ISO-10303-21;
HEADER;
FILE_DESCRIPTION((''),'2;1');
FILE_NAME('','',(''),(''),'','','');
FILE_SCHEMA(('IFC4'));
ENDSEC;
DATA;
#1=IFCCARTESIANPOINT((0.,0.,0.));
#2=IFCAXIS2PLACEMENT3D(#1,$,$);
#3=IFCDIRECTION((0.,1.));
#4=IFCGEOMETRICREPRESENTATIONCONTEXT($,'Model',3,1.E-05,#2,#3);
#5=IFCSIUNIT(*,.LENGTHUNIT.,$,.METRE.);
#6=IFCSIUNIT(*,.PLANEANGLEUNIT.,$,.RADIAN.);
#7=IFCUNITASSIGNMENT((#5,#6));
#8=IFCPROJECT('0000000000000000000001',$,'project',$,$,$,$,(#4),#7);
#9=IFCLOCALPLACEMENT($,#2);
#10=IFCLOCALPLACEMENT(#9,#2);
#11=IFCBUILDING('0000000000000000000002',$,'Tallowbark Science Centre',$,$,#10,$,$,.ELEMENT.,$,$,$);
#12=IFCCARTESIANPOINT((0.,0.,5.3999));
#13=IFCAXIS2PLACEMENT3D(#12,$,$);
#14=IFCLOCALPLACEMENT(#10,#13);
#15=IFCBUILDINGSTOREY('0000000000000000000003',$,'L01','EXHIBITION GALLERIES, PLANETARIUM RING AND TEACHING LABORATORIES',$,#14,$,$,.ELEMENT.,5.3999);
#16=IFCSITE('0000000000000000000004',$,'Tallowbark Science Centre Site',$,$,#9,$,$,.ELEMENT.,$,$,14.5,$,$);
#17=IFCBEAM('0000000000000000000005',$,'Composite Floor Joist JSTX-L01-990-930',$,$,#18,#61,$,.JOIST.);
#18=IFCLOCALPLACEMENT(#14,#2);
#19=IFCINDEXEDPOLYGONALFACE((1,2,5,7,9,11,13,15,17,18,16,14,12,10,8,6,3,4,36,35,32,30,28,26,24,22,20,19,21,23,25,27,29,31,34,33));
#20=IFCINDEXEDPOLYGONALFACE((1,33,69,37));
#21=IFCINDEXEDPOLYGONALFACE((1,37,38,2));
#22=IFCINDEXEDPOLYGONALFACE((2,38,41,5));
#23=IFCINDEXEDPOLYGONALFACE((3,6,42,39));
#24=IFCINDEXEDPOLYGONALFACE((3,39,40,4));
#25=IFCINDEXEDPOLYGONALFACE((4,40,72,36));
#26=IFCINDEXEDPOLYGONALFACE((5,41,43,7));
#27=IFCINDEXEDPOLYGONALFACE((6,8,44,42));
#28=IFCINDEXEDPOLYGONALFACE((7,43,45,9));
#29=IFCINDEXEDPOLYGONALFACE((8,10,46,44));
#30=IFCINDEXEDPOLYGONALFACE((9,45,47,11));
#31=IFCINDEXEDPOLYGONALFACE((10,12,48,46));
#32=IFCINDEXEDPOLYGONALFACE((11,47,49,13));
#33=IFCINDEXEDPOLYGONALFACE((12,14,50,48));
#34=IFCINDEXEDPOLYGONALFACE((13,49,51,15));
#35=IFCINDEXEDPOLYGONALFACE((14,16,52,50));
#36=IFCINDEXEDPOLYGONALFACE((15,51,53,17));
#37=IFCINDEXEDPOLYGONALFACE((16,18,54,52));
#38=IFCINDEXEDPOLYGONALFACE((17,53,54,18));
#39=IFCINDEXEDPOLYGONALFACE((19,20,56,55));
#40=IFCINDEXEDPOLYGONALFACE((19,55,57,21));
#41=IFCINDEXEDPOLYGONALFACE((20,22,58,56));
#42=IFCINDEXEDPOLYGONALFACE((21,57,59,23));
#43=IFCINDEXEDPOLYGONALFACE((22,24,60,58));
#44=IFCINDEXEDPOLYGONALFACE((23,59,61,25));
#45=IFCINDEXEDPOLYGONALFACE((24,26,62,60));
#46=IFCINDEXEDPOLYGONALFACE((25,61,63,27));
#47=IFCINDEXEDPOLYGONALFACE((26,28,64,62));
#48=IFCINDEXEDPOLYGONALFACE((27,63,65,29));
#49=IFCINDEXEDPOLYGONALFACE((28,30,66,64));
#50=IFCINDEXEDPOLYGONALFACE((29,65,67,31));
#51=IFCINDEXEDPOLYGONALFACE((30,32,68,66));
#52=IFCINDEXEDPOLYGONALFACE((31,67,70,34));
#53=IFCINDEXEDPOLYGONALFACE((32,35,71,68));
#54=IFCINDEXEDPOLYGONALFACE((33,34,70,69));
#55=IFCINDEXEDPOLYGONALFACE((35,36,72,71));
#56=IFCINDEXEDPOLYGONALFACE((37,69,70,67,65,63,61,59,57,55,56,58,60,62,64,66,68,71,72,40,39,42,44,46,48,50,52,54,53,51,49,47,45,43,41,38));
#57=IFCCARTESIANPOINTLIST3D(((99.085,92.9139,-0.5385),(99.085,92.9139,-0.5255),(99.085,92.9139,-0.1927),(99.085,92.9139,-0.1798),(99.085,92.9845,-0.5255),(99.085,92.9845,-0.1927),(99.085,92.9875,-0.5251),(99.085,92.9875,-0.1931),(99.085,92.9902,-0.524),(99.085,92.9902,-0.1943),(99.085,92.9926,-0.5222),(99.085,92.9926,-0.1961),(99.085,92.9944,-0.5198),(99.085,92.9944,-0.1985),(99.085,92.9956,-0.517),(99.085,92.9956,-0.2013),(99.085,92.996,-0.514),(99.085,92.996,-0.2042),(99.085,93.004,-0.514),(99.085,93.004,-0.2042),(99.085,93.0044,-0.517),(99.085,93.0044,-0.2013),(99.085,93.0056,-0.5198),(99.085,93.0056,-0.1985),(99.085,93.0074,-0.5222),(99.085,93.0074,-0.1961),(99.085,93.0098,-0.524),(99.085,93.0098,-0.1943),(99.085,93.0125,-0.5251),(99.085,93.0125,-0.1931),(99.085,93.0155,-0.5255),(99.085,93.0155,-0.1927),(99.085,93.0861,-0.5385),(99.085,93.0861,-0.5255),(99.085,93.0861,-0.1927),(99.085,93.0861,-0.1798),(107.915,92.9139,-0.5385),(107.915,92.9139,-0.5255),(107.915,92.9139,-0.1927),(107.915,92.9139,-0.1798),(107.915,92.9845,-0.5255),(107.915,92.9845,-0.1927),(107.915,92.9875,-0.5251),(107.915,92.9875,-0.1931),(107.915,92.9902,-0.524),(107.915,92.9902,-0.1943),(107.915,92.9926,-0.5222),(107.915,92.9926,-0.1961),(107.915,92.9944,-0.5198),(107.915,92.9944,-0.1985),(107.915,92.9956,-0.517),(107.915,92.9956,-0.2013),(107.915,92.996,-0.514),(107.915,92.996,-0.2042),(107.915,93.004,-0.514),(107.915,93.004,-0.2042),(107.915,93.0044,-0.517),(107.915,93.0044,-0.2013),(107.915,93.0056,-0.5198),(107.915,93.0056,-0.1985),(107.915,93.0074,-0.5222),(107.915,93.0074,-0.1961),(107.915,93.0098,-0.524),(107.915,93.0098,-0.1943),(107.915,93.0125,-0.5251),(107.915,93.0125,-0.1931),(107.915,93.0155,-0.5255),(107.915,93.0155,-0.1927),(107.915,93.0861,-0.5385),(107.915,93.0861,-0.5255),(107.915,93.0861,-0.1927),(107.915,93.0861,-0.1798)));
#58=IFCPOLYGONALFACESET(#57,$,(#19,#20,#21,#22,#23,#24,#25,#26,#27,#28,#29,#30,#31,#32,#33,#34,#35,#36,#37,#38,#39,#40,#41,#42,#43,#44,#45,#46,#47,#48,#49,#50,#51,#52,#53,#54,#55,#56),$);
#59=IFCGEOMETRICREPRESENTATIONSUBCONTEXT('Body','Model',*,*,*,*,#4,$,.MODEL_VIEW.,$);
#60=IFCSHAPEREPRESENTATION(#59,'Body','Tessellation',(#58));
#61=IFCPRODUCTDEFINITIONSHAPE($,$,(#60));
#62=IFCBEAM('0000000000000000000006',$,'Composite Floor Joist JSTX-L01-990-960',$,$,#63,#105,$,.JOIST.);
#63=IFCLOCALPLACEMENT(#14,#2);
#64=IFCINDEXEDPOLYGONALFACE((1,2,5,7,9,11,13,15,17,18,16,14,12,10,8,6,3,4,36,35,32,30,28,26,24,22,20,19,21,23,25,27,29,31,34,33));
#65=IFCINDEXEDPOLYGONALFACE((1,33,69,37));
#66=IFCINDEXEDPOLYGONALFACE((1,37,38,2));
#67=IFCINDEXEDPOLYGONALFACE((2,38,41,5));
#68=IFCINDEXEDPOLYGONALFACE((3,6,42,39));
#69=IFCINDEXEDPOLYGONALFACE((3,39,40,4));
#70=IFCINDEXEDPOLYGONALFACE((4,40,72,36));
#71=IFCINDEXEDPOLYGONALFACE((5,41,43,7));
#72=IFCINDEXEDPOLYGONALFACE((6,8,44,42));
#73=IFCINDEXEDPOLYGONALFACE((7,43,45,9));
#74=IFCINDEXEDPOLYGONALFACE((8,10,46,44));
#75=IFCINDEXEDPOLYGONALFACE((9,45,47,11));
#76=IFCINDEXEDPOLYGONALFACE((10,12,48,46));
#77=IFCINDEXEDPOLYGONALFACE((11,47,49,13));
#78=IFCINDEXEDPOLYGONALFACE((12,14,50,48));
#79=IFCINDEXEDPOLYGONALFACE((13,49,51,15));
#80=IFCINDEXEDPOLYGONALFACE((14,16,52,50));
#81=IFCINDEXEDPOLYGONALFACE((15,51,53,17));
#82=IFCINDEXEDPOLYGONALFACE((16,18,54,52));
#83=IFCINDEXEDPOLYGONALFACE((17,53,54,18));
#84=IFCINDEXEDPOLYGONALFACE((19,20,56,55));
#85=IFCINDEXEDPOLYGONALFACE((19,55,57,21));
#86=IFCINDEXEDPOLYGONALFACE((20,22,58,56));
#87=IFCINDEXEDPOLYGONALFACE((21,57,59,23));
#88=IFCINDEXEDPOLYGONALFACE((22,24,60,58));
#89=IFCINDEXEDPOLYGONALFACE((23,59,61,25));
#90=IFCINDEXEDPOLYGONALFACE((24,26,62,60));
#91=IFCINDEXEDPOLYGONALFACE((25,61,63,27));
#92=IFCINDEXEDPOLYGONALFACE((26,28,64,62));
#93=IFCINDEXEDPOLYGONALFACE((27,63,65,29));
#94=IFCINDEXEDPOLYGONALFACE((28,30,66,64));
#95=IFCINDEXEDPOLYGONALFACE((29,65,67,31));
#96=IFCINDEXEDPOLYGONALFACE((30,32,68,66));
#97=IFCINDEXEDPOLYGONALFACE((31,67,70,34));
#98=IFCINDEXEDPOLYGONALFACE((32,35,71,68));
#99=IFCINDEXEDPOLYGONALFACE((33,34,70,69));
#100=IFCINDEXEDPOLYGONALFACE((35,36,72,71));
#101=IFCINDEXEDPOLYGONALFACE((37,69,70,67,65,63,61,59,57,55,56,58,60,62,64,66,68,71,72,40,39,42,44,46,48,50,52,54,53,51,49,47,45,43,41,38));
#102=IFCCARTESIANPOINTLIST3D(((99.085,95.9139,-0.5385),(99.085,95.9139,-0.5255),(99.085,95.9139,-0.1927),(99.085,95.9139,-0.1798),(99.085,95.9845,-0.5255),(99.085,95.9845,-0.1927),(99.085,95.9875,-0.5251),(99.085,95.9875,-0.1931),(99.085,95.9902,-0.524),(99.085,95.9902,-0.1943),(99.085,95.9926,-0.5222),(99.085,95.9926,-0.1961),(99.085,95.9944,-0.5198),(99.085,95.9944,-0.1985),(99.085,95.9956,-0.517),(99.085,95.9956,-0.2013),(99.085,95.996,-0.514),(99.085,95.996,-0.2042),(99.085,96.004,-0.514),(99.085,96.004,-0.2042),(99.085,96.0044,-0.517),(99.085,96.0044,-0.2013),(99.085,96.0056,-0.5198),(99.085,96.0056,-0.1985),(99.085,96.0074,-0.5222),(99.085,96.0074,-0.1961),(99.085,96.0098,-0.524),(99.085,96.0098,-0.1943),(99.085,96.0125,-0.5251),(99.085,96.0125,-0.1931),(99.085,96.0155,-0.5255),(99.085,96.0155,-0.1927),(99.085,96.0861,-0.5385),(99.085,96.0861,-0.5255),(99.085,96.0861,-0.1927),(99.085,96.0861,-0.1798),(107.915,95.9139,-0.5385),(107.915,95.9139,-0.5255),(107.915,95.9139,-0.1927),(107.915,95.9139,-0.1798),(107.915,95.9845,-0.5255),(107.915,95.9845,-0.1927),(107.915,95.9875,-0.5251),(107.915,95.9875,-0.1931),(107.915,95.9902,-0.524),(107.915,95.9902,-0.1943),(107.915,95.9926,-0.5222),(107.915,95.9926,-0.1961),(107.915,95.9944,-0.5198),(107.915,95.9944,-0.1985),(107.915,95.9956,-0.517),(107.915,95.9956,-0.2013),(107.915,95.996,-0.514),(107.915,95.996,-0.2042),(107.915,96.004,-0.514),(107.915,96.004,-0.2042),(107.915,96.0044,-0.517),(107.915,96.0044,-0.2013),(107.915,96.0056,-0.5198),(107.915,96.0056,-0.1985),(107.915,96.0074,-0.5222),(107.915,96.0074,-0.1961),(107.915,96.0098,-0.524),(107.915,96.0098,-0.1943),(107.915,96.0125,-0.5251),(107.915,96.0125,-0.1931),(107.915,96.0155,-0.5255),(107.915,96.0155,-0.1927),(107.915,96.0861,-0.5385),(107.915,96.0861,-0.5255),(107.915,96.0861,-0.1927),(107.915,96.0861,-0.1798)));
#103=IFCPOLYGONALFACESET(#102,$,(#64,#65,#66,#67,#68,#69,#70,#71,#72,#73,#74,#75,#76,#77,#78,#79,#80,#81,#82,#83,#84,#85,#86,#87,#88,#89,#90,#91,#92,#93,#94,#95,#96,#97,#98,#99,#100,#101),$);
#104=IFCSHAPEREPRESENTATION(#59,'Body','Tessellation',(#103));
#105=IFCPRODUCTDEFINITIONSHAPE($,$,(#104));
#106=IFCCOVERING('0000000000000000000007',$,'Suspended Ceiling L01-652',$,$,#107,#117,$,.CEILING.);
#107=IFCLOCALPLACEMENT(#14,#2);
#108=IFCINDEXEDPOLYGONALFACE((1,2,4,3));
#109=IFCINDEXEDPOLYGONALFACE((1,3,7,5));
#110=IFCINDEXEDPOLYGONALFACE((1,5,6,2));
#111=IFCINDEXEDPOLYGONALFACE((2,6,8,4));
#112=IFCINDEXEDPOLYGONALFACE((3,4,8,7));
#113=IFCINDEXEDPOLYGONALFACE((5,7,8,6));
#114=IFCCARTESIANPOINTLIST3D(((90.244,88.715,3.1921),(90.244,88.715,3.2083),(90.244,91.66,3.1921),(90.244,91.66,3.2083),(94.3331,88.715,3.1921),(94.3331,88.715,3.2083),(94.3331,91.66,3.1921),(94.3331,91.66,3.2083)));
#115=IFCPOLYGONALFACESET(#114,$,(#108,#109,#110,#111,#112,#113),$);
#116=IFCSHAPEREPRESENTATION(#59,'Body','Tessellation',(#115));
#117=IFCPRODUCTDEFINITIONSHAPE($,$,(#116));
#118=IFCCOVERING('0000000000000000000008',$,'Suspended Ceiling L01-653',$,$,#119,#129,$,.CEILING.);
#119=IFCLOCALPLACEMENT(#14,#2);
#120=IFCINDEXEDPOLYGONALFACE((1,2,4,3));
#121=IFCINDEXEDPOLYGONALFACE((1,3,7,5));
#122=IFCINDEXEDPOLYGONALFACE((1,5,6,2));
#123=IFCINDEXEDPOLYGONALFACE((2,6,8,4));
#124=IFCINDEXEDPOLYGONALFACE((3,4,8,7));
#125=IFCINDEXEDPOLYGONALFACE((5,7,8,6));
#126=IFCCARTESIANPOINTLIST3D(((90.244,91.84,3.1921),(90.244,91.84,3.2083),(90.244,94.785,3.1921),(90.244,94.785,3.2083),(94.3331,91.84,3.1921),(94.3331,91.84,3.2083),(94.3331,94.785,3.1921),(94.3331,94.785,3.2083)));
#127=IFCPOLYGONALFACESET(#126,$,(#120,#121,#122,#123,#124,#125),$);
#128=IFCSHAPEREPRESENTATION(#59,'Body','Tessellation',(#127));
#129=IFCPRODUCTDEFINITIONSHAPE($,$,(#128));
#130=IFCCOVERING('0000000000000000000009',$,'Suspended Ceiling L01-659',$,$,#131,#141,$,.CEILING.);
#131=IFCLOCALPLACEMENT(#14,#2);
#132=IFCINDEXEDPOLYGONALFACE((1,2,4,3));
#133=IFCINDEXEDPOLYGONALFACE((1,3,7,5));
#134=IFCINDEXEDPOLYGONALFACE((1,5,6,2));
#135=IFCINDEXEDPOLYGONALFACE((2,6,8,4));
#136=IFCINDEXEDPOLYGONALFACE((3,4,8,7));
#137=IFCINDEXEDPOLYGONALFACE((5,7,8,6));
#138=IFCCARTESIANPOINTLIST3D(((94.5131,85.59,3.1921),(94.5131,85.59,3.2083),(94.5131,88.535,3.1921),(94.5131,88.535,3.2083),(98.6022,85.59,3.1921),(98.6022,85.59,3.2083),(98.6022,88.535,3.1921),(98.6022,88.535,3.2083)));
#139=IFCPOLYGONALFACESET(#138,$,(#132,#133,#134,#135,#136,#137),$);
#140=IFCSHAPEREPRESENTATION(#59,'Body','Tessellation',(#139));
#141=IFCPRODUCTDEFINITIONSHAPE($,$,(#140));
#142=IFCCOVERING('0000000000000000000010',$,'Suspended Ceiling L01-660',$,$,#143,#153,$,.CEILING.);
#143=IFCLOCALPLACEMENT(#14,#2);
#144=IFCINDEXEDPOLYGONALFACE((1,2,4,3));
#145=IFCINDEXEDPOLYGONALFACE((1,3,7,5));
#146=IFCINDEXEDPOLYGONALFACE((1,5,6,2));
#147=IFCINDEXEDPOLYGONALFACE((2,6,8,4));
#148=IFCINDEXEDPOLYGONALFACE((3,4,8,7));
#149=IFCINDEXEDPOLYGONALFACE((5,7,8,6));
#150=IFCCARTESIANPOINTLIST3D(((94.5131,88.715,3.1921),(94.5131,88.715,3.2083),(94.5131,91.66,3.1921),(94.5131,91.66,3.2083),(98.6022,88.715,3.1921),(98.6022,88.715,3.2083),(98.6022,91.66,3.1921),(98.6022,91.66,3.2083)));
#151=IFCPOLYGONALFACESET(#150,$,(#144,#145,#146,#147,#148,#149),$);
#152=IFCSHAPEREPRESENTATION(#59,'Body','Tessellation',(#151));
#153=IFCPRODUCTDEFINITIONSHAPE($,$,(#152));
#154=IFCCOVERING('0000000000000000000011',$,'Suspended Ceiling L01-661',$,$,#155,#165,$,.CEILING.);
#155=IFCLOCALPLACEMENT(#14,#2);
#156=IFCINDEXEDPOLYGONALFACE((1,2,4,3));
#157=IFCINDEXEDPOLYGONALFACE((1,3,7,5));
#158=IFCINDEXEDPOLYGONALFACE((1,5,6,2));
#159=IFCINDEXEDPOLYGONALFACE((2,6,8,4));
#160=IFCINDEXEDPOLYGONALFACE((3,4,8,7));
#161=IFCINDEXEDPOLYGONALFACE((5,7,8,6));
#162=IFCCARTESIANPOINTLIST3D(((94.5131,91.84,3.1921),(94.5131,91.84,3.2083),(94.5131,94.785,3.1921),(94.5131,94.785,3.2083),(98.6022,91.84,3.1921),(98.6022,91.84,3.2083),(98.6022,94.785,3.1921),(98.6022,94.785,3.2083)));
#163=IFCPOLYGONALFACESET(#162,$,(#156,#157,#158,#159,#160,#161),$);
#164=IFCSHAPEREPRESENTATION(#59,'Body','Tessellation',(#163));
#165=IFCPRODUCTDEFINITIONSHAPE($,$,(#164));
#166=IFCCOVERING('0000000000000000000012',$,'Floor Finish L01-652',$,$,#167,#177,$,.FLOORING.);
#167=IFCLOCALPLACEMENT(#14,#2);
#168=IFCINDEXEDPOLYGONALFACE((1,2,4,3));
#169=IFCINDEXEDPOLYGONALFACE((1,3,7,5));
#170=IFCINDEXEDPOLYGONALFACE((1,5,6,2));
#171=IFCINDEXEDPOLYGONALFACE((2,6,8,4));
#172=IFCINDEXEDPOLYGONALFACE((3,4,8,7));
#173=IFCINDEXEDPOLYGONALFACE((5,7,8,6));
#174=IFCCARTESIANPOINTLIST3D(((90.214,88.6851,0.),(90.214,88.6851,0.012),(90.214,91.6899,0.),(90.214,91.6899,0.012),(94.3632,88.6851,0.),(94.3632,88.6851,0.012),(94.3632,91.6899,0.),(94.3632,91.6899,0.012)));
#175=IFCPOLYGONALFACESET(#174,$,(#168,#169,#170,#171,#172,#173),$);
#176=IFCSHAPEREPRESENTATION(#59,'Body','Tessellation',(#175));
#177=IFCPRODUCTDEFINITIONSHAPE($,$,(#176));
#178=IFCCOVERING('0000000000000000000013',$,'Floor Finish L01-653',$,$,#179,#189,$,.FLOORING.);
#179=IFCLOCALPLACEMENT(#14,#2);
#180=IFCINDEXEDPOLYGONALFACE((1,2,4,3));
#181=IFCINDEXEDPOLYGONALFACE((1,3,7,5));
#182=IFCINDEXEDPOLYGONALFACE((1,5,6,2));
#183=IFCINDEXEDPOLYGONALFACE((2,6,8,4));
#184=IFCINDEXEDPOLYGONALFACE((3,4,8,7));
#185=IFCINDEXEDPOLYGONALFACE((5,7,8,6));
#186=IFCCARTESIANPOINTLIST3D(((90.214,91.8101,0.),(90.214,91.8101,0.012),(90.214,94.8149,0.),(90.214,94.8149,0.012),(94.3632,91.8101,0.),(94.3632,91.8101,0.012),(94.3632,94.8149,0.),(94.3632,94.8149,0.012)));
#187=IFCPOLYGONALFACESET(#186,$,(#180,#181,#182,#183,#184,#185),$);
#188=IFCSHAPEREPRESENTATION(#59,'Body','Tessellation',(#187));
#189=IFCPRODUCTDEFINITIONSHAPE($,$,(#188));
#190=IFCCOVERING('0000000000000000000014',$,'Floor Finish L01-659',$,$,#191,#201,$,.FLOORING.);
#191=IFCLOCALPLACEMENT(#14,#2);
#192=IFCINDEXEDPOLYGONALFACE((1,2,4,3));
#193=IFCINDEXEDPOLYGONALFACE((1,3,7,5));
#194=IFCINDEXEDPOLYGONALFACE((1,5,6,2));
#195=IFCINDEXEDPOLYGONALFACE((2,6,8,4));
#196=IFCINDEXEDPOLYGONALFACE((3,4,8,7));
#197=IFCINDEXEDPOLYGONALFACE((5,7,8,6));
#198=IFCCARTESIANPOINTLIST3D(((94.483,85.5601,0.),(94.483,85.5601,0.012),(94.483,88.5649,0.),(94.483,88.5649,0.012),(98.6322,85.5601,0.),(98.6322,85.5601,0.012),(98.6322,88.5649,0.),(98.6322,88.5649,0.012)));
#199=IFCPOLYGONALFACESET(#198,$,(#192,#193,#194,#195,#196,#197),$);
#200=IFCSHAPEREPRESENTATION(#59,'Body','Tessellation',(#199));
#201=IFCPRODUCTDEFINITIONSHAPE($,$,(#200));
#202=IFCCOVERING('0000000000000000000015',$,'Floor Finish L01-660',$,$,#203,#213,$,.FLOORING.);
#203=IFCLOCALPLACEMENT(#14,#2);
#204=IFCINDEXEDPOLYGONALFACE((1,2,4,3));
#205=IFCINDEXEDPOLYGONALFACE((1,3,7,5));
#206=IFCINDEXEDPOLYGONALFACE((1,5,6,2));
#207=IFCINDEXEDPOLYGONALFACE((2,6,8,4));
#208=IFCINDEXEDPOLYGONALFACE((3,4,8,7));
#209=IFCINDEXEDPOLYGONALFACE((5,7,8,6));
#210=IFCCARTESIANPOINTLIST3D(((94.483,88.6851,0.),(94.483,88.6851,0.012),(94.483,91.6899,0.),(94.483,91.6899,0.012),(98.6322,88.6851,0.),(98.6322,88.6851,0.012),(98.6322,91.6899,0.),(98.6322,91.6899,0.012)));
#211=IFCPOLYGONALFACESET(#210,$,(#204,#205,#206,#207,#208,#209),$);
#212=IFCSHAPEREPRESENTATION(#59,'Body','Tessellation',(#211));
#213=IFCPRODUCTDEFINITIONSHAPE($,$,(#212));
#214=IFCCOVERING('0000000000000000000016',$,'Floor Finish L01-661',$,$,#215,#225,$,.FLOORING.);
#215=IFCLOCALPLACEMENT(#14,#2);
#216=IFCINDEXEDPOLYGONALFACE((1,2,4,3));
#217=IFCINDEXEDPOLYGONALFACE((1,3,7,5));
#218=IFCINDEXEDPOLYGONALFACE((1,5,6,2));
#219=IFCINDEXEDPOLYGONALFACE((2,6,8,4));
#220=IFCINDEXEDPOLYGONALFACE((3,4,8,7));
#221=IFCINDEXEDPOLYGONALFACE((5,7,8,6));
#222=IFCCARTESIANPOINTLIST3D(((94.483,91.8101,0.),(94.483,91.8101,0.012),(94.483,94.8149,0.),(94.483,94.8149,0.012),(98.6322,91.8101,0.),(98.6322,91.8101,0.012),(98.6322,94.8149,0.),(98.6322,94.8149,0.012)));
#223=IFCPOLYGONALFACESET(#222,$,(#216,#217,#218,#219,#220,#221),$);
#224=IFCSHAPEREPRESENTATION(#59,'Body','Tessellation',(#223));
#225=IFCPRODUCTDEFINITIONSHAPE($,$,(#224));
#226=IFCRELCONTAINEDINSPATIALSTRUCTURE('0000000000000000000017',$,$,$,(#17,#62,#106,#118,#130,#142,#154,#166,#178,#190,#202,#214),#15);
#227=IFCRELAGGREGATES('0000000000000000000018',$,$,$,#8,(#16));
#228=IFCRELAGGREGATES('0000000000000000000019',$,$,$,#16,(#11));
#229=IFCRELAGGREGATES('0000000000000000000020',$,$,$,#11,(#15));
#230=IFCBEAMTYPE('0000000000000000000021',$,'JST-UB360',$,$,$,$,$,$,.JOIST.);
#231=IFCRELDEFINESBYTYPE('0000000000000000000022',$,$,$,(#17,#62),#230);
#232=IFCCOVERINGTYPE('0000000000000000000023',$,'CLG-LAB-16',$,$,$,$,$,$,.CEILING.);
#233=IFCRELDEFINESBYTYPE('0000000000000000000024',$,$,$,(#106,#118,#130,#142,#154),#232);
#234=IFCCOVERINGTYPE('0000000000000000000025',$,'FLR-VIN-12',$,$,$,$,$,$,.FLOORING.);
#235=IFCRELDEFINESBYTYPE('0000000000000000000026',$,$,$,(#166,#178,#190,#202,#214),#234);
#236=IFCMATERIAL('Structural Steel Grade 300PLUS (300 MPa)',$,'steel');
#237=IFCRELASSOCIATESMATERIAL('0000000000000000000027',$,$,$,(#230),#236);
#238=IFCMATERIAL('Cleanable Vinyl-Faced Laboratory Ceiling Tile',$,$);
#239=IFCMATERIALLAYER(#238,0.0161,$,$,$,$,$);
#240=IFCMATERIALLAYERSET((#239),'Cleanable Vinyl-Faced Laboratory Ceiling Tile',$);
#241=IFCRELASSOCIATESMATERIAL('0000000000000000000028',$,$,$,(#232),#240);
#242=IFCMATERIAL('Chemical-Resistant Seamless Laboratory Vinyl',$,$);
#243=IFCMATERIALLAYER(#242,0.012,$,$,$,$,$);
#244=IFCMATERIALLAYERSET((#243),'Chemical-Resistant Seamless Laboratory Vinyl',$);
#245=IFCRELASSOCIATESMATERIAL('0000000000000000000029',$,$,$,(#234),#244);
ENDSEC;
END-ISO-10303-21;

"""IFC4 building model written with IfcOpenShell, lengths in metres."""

from ifc_helpers import new_model, si_unit, direction, frame, origin, origin_2d, place, context, subcontext, project, spatial, rectangle, i_section, extrude, material, layer, layer_set, material_profile, profile_set, type_object, element, save


model = new_model("IFC4")

# Units and contexts
model_context = context("Model", 3, precision=1e-05, world=origin(), true_north=direction((0.0, 1.0)))
body_context = subcontext(model_context, "Body", "Model", "MODEL_VIEW")
ifc_project = project(units=[si_unit("LENGTHUNIT", "METRE"), si_unit("PLANEANGLEUNIT", "RADIAN")], contexts=[model_context])

# Site, building, storey
site_placement = place(None, origin())
site = spatial("IfcSite", under=ifc_project, at=site_placement, Name="Tallowbark Science Centre Site", CompositionType="ELEMENT", RefElevation=14.5)
building_placement = place(site_placement, origin())
building = spatial("IfcBuilding", under=site, at=building_placement, Name="Tallowbark Science Centre", CompositionType="ELEMENT")
storey_placement = place(building_placement, frame((0.0, 0.0, 5.3999)))
storey = spatial("IfcBuildingStorey", under=building, at=storey_placement, Name="L01", Description="EXHIBITION GALLERIES, PLANETARIUM RING AND TEACHING LABORATORIES", CompositionType="ELEMENT", Elevation=5.3999)

# Shared definitions
ifc_material_1 = material(Name="Structural Steel Grade 300PLUS (300 MPa)", Category="steel")

# Beams
ifc_material_profile_1 = material_profile(ifc_material_1, i_section(OverallWidth=0.1721, OverallDepth=0.3586, WebThickness=0.0081, FlangeThickness=0.0129, FilletRadius=0.0115, at=origin_2d()), Name="360UB56.7")
ifc_profile_set_1 = profile_set([ifc_material_profile_1], Name="Structural Steel Grade 300PLUS (300 MPa)")
beam_type_1 = type_object("IfcBeamType", Name="JST-UB360", PredefinedType="JOIST", material=ifc_profile_set_1)
for number, where, z_axis, x_axis, name in (
    (1, (99.085, 93.0, -0.3591), (1.0, 0.0, 0.0), (0.0, 1.0, 0.0), "Composite Floor Joist JSTX-L01-990-930"),
    (2, (99.085, 96.0, -0.3591), (1.0, 0.0, 0.0), (0.0, 1.0, 0.0), "Composite Floor Joist JSTX-L01-990-960"),
):
    element("IfcBeam", number, at=place(storey_placement, frame(where, z_axis=z_axis, x_axis=x_axis)), inside=storey, type_object=beam_type_1, Name=name, PredefinedType="JOIST", context=body_context, shape_type="SweptSolid", body=[
        extrude(i_section(OverallWidth=0.1721, OverallDepth=0.3586, WebThickness=0.0081, FlangeThickness=0.0129, FilletRadius=0.0115, at=origin_2d()), origin(), (0.0, 0.0, 1.0), 8.8301),
    ])

# Coverings
ifc_material_2 = material(Name="Cleanable Vinyl-Faced Laboratory Ceiling Tile")
ifc_layer_1 = layer(ifc_material_2, 0.0161)
ifc_layer_set_1 = layer_set([ifc_layer_1], Name="Cleanable Vinyl-Faced Laboratory Ceiling Tile")
covering_type_1 = type_object("IfcCoveringType", Name="CLG-LAB-16", PredefinedType="CEILING", material=ifc_layer_set_1)
for number, where, z_axis, x_axis, name in (
    (3, (92.2886, 90.1875, 3.1921), (0.0, 0.0, 1.0), (1.0, 0.0, 0.0), "Suspended Ceiling L01-652"),
    (4, (92.2886, 93.3125, 3.1921), (0.0, 0.0, 1.0), (1.0, 0.0, 0.0), "Suspended Ceiling L01-653"),
    (5, (96.5576, 87.0625, 3.1921), (0.0, 0.0, 1.0), (1.0, 0.0, 0.0), "Suspended Ceiling L01-659"),
    (6, (96.5576, 90.1875, 3.1921), (0.0, 0.0, 1.0), (1.0, 0.0, 0.0), "Suspended Ceiling L01-660"),
    (7, (96.5576, 93.3125, 3.1921), (0.0, 0.0, 1.0), (1.0, 0.0, 0.0), "Suspended Ceiling L01-661"),
):
    element("IfcCovering", number, at=place(storey_placement, frame(where, z_axis=z_axis, x_axis=x_axis)), inside=storey, type_object=covering_type_1, Name=name, PredefinedType="CEILING", context=body_context, shape_type="SweptSolid", body=[
        extrude(rectangle(XDim=4.0891, YDim=2.9451, at=origin_2d()), origin(), (0.0, 0.0, 1.0), 0.0161),
    ])
ifc_material_3 = material(Name="Chemical-Resistant Seamless Laboratory Vinyl")
ifc_layer_2 = layer(ifc_material_3, 0.012)
ifc_layer_set_2 = layer_set([ifc_layer_2], Name="Chemical-Resistant Seamless Laboratory Vinyl")
covering_type_2 = type_object("IfcCoveringType", Name="FLR-VIN-12", PredefinedType="FLOORING", material=ifc_layer_set_2)
for number, where, z_axis, x_axis, name in (
    (8, (92.2886, 90.1875, 0.0), (0.0, 0.0, 1.0), (1.0, 0.0, 0.0), "Floor Finish L01-652"),
    (9, (92.2886, 93.3125, 0.0), (0.0, 0.0, 1.0), (1.0, 0.0, 0.0), "Floor Finish L01-653"),
    (10, (96.5576, 87.0625, 0.0), (0.0, 0.0, 1.0), (1.0, 0.0, 0.0), "Floor Finish L01-659"),
    (11, (96.5576, 90.1875, 0.0), (0.0, 0.0, 1.0), (1.0, 0.0, 0.0), "Floor Finish L01-660"),
    (12, (96.5576, 93.3125, 0.0), (0.0, 0.0, 1.0), (1.0, 0.0, 0.0), "Floor Finish L01-661"),
):
    element("IfcCovering", number, at=place(storey_placement, frame(where, z_axis=z_axis, x_axis=x_axis)), inside=storey, type_object=covering_type_2, Name=name, PredefinedType="FLOORING", context=body_context, shape_type="SweptSolid", body=[
        extrude(rectangle(XDim=4.1492, YDim=3.0049, at=origin_2d()), origin(), (0.0, 0.0, 1.0), 0.012),
    ])

save(model, "model.ifc")
